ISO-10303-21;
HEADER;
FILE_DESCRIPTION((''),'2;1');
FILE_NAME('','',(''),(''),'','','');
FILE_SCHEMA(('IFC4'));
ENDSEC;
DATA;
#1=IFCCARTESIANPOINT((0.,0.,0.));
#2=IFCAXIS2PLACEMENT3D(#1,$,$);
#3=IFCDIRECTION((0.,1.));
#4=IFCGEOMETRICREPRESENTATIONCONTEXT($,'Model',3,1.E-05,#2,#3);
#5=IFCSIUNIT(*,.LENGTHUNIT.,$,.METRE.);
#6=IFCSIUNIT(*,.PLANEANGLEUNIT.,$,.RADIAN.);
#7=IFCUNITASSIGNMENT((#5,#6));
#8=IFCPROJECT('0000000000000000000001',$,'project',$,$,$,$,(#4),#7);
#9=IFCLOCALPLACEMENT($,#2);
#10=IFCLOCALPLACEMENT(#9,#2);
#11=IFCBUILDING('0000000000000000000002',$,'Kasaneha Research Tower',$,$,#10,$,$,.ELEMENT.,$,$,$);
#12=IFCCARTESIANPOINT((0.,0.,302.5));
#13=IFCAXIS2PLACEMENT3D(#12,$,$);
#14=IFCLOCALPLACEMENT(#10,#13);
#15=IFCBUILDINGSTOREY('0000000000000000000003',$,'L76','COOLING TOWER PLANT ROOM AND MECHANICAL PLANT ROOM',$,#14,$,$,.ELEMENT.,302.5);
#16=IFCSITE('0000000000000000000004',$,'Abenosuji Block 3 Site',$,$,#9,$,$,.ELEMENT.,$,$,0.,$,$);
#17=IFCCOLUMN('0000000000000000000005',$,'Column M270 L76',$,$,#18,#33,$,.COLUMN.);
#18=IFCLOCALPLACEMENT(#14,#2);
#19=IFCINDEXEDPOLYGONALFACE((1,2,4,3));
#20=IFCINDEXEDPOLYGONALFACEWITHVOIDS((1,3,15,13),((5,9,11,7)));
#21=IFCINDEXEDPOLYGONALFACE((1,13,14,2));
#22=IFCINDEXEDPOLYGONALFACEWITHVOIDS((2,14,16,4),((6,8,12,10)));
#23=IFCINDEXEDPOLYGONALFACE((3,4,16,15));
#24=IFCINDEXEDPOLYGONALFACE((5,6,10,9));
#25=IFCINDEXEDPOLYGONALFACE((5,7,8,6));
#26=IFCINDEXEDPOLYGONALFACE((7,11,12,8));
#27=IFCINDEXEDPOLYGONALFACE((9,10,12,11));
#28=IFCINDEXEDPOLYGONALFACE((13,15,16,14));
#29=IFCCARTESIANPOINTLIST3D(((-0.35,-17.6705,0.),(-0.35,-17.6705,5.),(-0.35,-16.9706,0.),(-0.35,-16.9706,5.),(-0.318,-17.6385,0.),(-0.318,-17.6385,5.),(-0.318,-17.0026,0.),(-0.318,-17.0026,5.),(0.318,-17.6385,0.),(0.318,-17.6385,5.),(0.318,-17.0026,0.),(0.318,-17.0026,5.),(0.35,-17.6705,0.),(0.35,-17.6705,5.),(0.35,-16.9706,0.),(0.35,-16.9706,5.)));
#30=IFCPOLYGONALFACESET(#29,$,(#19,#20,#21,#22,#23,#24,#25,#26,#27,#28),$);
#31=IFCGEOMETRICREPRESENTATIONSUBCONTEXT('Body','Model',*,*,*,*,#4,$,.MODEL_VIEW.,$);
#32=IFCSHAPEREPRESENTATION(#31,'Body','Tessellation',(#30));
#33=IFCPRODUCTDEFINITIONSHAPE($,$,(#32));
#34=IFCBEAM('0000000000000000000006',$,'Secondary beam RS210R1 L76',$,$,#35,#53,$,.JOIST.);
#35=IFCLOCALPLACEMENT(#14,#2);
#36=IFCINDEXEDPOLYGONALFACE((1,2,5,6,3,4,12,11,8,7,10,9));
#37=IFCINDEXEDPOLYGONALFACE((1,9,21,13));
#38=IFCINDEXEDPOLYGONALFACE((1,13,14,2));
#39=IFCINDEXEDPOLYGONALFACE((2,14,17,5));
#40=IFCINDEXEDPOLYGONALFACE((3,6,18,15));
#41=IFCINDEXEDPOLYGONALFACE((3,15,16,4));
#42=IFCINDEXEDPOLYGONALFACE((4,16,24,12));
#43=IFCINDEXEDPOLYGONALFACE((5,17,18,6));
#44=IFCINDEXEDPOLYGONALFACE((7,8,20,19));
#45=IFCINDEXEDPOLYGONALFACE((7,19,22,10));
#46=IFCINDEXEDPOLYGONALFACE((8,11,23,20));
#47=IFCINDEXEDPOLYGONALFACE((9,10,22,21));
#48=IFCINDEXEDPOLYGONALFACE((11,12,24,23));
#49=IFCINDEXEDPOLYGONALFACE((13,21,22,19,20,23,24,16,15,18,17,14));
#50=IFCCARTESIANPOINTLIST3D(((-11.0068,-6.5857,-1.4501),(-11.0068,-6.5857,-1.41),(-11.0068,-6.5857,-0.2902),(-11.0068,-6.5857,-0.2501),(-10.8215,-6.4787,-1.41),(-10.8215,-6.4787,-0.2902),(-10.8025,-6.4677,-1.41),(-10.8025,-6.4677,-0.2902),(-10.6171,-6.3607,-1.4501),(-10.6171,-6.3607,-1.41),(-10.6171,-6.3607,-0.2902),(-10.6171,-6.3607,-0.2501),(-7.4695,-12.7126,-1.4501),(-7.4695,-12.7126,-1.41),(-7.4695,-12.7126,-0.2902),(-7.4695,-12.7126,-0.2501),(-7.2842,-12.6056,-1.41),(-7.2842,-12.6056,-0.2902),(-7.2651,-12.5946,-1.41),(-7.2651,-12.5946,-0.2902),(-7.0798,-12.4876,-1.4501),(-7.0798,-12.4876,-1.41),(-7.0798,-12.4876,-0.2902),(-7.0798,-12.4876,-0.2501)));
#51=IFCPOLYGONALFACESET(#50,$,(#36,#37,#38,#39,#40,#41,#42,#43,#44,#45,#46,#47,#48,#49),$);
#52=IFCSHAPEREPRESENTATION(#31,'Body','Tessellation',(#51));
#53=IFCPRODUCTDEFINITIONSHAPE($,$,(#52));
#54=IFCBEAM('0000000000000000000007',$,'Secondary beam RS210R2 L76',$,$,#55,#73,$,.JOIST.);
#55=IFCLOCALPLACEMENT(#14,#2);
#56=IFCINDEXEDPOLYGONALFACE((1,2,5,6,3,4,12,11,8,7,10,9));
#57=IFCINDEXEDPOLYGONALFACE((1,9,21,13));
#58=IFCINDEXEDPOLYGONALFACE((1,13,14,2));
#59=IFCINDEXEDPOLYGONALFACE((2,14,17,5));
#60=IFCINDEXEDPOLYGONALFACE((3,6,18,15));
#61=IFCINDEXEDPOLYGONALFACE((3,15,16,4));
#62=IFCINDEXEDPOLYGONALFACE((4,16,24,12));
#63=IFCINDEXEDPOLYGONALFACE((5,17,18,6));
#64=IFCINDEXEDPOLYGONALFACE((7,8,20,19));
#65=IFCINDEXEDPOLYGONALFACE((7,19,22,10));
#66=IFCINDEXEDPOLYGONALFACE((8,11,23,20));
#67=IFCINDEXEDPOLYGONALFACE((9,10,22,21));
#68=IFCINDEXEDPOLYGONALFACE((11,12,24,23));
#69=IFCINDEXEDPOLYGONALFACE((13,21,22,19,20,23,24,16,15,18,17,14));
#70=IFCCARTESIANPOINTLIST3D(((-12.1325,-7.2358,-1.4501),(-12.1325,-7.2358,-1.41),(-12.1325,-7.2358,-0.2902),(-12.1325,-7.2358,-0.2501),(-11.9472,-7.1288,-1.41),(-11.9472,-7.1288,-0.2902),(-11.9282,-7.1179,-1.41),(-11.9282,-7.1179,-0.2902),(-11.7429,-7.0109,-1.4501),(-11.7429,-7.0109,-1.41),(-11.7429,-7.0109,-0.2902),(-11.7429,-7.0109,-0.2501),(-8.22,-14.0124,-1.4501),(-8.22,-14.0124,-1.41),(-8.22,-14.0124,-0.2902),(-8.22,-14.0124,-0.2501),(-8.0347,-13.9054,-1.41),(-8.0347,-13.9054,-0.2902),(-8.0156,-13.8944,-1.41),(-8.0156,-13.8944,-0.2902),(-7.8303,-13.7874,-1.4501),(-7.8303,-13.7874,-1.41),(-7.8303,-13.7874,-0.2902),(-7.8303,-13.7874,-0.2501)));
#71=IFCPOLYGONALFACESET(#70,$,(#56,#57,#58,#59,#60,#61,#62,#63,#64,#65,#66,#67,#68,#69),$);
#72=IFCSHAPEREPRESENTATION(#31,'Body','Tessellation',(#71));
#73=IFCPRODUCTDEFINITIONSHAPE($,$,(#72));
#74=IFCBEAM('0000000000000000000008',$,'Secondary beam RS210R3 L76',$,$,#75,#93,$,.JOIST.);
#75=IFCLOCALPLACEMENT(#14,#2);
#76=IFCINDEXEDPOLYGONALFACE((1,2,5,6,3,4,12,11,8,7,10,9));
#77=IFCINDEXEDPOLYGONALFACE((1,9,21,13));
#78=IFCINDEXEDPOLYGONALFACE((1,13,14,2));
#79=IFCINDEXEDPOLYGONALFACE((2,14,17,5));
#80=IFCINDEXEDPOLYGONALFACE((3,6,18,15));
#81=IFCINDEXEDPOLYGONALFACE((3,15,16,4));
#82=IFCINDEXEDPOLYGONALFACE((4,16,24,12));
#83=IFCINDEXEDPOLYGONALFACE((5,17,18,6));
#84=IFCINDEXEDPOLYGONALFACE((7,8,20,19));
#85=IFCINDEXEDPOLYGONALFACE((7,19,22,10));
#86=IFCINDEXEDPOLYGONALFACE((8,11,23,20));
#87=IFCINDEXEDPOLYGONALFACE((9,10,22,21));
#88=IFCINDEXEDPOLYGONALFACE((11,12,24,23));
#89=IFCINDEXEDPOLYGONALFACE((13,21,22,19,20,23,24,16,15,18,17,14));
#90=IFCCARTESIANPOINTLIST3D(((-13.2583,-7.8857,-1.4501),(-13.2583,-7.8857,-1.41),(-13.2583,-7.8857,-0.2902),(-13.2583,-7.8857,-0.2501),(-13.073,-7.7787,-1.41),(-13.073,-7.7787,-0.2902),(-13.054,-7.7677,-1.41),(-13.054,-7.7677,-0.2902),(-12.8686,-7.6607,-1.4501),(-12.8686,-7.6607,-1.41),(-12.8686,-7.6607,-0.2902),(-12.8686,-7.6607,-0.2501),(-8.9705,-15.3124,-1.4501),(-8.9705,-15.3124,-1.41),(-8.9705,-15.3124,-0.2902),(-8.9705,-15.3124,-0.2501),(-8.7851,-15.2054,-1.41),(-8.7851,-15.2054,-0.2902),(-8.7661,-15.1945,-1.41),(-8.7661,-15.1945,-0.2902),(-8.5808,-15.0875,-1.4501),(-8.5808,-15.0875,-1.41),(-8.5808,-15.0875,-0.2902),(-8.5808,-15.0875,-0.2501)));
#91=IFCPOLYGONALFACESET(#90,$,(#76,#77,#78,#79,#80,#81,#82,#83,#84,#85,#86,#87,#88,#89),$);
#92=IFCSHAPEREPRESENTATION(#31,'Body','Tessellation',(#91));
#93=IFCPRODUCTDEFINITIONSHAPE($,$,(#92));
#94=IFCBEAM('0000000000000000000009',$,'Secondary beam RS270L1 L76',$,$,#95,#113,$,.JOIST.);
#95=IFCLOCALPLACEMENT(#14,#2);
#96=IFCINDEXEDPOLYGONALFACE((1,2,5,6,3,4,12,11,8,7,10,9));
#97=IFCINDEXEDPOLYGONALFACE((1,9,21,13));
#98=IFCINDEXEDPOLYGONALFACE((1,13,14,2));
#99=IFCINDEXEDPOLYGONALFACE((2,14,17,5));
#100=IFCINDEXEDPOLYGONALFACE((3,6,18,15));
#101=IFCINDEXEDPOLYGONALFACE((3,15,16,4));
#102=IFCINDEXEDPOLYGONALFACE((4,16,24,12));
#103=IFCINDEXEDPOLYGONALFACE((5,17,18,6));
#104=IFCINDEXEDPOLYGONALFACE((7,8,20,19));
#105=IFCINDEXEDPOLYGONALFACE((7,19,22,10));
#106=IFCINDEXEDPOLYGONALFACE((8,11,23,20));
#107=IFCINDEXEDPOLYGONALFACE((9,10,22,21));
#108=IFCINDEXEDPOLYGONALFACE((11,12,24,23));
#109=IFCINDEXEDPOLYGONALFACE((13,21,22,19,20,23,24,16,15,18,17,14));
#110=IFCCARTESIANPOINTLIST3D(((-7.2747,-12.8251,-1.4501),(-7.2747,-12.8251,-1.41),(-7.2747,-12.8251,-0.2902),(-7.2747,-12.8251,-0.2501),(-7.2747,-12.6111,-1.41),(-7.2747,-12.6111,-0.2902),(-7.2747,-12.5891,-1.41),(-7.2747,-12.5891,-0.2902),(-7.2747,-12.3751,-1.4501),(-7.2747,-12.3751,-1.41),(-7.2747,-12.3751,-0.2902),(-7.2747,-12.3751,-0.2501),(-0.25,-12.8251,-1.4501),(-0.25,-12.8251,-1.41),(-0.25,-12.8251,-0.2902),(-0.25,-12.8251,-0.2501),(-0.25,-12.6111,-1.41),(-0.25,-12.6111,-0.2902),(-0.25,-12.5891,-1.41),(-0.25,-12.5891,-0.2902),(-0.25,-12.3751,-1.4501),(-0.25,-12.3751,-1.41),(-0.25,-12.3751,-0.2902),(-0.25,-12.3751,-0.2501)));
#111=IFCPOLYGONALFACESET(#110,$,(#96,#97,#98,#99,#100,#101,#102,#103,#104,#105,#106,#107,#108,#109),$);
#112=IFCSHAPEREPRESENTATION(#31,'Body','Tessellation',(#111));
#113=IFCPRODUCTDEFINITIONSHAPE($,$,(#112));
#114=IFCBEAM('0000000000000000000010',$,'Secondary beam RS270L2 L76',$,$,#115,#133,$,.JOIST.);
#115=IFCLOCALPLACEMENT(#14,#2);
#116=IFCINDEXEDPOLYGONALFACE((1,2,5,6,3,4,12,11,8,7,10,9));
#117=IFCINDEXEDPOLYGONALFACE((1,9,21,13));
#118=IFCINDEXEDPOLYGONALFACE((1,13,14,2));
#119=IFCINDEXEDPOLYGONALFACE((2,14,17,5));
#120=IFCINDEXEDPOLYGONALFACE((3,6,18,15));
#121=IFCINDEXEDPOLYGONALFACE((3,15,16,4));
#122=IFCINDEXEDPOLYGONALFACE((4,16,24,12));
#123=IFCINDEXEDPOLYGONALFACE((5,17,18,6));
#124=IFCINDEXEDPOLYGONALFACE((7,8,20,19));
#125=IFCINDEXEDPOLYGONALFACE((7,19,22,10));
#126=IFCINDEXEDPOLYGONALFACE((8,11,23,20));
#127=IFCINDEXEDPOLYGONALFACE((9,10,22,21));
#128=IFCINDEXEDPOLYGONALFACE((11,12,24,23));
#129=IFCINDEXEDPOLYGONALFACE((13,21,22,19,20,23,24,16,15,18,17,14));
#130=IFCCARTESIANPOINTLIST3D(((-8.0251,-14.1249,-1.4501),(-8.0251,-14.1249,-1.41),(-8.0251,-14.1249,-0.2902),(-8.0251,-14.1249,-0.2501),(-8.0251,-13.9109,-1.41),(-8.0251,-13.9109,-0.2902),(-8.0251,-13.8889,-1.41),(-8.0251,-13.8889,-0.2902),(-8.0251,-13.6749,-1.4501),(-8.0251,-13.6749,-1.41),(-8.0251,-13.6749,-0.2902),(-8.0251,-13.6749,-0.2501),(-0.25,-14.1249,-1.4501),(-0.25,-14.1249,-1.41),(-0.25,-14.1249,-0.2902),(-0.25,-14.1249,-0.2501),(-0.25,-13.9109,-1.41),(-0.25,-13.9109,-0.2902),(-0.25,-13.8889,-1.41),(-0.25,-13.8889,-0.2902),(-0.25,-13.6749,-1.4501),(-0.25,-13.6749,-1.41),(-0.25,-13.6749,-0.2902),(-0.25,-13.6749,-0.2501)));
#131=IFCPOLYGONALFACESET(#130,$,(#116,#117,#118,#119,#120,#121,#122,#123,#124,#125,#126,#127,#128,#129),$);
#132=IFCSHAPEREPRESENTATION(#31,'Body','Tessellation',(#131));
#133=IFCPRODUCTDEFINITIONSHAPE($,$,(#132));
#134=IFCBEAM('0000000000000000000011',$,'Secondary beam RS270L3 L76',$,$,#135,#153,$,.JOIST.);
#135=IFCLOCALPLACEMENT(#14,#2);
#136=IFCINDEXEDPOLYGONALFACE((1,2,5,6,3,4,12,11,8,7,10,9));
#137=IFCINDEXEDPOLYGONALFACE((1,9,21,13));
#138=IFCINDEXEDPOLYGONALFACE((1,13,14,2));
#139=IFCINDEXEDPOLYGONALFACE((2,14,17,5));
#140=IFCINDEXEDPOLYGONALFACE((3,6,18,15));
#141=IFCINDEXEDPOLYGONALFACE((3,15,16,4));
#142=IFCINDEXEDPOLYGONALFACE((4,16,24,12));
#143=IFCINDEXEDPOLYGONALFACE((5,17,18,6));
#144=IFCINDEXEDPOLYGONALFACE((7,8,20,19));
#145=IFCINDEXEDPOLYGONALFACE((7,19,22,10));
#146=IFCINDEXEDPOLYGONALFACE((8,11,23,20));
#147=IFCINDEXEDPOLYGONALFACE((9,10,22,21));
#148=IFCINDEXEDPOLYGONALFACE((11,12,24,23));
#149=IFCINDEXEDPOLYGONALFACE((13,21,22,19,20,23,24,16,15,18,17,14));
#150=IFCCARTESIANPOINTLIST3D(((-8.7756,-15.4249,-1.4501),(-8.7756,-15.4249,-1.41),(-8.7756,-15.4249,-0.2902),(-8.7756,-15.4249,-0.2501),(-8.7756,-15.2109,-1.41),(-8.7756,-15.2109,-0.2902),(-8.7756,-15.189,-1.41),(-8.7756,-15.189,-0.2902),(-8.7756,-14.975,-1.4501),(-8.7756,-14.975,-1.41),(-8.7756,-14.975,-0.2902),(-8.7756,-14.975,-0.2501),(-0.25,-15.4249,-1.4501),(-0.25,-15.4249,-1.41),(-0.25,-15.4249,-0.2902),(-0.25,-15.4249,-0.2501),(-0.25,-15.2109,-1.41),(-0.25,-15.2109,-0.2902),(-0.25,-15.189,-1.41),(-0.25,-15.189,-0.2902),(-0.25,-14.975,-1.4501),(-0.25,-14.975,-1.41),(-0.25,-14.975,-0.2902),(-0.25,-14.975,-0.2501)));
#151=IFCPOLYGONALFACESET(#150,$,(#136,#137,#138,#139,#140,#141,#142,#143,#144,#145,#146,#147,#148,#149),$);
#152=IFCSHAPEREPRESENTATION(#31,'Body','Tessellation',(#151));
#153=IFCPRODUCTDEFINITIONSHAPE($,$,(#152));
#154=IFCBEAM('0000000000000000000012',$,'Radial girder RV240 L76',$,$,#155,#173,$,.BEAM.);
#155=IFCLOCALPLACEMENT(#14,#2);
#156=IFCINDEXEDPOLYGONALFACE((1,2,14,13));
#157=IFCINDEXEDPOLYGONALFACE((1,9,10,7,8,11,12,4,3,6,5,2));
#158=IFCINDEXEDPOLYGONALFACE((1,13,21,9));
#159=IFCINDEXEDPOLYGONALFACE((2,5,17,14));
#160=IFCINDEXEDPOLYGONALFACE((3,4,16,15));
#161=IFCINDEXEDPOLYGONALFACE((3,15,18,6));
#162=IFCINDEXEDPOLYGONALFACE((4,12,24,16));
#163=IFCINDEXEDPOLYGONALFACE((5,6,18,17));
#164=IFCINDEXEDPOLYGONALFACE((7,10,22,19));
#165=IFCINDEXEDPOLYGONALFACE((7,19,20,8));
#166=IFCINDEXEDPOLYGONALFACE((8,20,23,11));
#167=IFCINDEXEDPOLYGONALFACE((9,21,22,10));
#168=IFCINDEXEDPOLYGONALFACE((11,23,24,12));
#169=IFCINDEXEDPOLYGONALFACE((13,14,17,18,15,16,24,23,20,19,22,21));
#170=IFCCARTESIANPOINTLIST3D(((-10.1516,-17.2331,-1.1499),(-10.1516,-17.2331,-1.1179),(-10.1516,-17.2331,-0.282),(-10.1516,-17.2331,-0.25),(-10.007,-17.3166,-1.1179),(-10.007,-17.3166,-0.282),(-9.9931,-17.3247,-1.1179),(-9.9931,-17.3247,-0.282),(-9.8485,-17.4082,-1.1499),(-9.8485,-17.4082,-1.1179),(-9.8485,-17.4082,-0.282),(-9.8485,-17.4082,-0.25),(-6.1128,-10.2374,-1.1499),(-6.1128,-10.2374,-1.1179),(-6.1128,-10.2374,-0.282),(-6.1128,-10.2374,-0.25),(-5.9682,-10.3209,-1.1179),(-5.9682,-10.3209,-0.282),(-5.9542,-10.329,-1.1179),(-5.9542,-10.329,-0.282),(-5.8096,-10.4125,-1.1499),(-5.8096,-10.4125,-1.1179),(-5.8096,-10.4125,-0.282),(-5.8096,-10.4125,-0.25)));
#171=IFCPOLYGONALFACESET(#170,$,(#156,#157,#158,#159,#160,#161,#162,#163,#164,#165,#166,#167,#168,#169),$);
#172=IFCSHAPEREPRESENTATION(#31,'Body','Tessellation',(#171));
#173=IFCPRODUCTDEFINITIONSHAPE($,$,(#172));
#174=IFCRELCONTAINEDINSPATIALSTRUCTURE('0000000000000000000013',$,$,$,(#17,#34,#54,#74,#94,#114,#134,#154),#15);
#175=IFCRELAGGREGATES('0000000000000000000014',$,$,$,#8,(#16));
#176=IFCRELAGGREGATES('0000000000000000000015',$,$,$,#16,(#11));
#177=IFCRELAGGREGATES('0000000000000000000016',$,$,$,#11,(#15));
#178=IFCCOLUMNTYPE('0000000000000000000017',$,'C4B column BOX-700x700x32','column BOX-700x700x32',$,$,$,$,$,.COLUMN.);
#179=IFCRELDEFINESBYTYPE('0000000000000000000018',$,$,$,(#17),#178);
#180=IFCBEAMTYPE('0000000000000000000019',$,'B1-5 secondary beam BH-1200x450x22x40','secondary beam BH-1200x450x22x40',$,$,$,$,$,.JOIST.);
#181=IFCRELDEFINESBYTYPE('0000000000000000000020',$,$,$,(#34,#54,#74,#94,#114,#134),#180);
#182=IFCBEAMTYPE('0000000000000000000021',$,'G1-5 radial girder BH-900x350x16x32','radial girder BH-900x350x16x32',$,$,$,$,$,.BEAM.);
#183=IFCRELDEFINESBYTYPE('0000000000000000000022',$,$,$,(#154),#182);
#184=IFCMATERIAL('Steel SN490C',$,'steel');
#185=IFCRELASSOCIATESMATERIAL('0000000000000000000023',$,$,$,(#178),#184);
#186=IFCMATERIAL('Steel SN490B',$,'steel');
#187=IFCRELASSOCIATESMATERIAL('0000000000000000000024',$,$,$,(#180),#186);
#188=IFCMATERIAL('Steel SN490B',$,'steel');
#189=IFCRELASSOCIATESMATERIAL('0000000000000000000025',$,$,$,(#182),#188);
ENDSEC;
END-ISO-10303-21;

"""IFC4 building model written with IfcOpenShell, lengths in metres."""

from ifc_helpers import new_model, si_unit, direction, frame, origin, origin_2d, place, context, subcontext, project, spatial, hollow_rectangle, i_section, extrude, material, material_profile, profile_set, type_object, element, save


model = new_model("IFC4")

# Units and contexts
model_context = context("Model", 3, precision=1e-05, world=origin(), true_north=direction((0.0, 1.0)))
body_context = subcontext(model_context, "Body", "Model", "MODEL_VIEW")
ifc_project = project(units=[si_unit("LENGTHUNIT", "METRE"), si_unit("PLANEANGLEUNIT", "RADIAN")], contexts=[model_context])

# Site, building, storey
site_placement = place(None, origin())
site = spatial("IfcSite", under=ifc_project, at=site_placement, Name="Abenosuji Block 3 Site", CompositionType="ELEMENT", RefElevation=0.0)
building_placement = place(site_placement, origin())
building = spatial("IfcBuilding", under=site, at=building_placement, Name="Kasaneha Research Tower", CompositionType="ELEMENT")
storey_placement = place(building_placement, frame((0.0, 0.0, 302.5)))
storey = spatial("IfcBuildingStorey", under=building, at=storey_placement, Name="L76", Description="COOLING TOWER PLANT ROOM AND MECHANICAL PLANT ROOM", CompositionType="ELEMENT", Elevation=302.5)

# Column
ifc_material_1 = material(Name="Steel SN490C", Category="steel")
ifc_material_profile_1 = material_profile(ifc_material_1, hollow_rectangle(XDim=0.7, YDim=0.7, WallThickness=0.032, at=origin_2d()), Name="BOX-700x700x32")
ifc_profile_set_1 = profile_set([ifc_material_profile_1], Name="Steel SN490C")
column_type = type_object("IfcColumnType", Name="C4B column BOX-700x700x32", Description="column BOX-700x700x32", PredefinedType="COLUMN", material=ifc_profile_set_1)
column_placement = place(storey_placement, frame((0.0, -17.3206, 0.0), z_axis=(0.0, 0.0, 1.0), x_axis=(1.0, 0.0, 0.0)))
element("IfcColumn", 1, at=column_placement, inside=storey, type_object=column_type, Name="Column M270 L76", PredefinedType="COLUMN", context=body_context, shape_type="SweptSolid", body=[
    extrude(hollow_rectangle(XDim=0.7, YDim=0.7, WallThickness=0.032, at=origin_2d()), origin(), (0.0, 0.0, 1.0), 5.0),
])

# Beams
ifc_material_2 = material(Name="Steel SN490B", Category="steel")
ifc_material_profile_2 = material_profile(ifc_material_2, i_section(OverallWidth=0.45, OverallDepth=1.2, WebThickness=0.022, FlangeThickness=0.04, at=origin_2d()), Name="BH-1200x450x22x40")
ifc_profile_set_2 = profile_set([ifc_material_profile_2], Name="Steel SN490B")
beam_type_1 = type_object("IfcBeamType", Name="B1-5 secondary beam BH-1200x450x22x40", Description="secondary beam BH-1200x450x22x40", PredefinedType="JOIST", material=ifc_profile_set_2)
beam_1_placement = place(storey_placement, frame((-7.2747, -12.6001, -0.8501), z_axis=(-0.499995, 0.866028, 0.0), x_axis=(-0.866028, -0.499995, 0.0)))
element("IfcBeam", 2, at=beam_1_placement, inside=storey, type_object=beam_type_1, Name="Secondary beam RS210R1 L76", PredefinedType="JOIST", context=body_context, shape_type="SweptSolid", body=[
    extrude(i_section(OverallWidth=0.45, OverallDepth=1.2, WebThickness=0.022, FlangeThickness=0.04, at=origin_2d()), origin(), (0.0, 0.0, 1.0), 7.0747),
])
beam_2_placement = place(storey_placement, frame((-8.0251, -13.8999, -0.8501), z_axis=(-0.500011, 0.866019, 0.0), x_axis=(-0.866019, -0.500011, 0.0)))
element("IfcBeam", 3, at=beam_2_placement, inside=storey, type_object=beam_type_1, Name="Secondary beam RS210R2 L76", PredefinedType="JOIST", context=body_context, shape_type="SweptSolid", body=[
    extrude(i_section(OverallWidth=0.45, OverallDepth=1.2, WebThickness=0.022, FlangeThickness=0.04, at=origin_2d()), origin(), (0.0, 0.0, 1.0), 7.825),
])
beam_3_placement = place(storey_placement, frame((-8.7756, -15.2, -0.8501), z_axis=(-0.5, 0.866025, 0.0), x_axis=(-0.866025, -0.5, 0.0)))
element("IfcBeam", 4, at=beam_3_placement, inside=storey, type_object=beam_type_1, Name="Secondary beam RS210R3 L76", PredefinedType="JOIST", context=body_context, shape_type="SweptSolid", body=[
    extrude(i_section(OverallWidth=0.45, OverallDepth=1.2, WebThickness=0.022, FlangeThickness=0.04, at=origin_2d()), origin(), (0.0, 0.0, 1.0), 8.5757),
])
beam_4_placement = place(storey_placement, frame((-7.2747, -12.6001, -0.8501), z_axis=(1.0, 0.0, 0.0), x_axis=(0.0, 1.0, 0.0)))
element("IfcBeam", 5, at=beam_4_placement, inside=storey, type_object=beam_type_1, Name="Secondary beam RS270L1 L76", PredefinedType="JOIST", context=body_context, shape_type="SweptSolid", body=[
    extrude(i_section(OverallWidth=0.45, OverallDepth=1.2, WebThickness=0.022, FlangeThickness=0.04, at=origin_2d()), origin(), (0.0, 0.0, 1.0), 7.0247),
])
beam_5_placement = place(storey_placement, frame((-8.0251, -13.8999, -0.8501), z_axis=(1.0, 0.0, 0.0), x_axis=(0.0, 1.0, 0.0)))
element("IfcBeam", 6, at=beam_5_placement, inside=storey, type_object=beam_type_1, Name="Secondary beam RS270L2 L76", PredefinedType="JOIST", context=body_context, shape_type="SweptSolid", body=[
    extrude(i_section(OverallWidth=0.45, OverallDepth=1.2, WebThickness=0.022, FlangeThickness=0.04, at=origin_2d()), origin(), (0.0, 0.0, 1.0), 7.7751),
])
beam_6_placement = place(storey_placement, frame((-8.7756, -15.2, -0.8501), z_axis=(1.0, 0.0, 0.0), x_axis=(0.0, 1.0, 0.0)))
element("IfcBeam", 7, at=beam_6_placement, inside=storey, type_object=beam_type_1, Name="Secondary beam RS270L3 L76", PredefinedType="JOIST", context=body_context, shape_type="SweptSolid", body=[
    extrude(i_section(OverallWidth=0.45, OverallDepth=1.2, WebThickness=0.022, FlangeThickness=0.04, at=origin_2d()), origin(), (0.0, 0.0, 1.0), 8.5256),
])
ifc_material_3 = material(Name="Steel SN490B", Category="steel")
ifc_material_profile_3 = material_profile(ifc_material_3, i_section(OverallWidth=0.3501, OverallDepth=0.8999, WebThickness=0.0161, FlangeThickness=0.032, at=origin_2d()), Name="BH-900x350x16x32")
ifc_profile_set_3 = profile_set([ifc_material_profile_3], Name="Steel SN490B")
beam_type_2 = type_object("IfcBeamType", Name="G1-5 radial girder BH-900x350x16x32", Description="radial girder BH-900x350x16x32", PredefinedType="BEAM", material=ifc_profile_set_3)
beam_7_placement = place(storey_placement, frame((-5.9612, -10.325, -0.7), z_axis=(-0.499991, -0.866031, 0.0), x_axis=(0.866031, -0.499991, 0.0)))
element("IfcBeam", 8, at=beam_7_placement, inside=storey, type_object=beam_type_2, Name="Radial girder RV240 L76", PredefinedType="BEAM", context=body_context, shape_type="SweptSolid", body=[
    extrude(i_section(OverallWidth=0.3501, OverallDepth=0.8999, WebThickness=0.0161, FlangeThickness=0.032, at=origin_2d()), origin(), (0.0, 0.0, 1.0), 8.0779),
])

save(model, "model.ifc")
